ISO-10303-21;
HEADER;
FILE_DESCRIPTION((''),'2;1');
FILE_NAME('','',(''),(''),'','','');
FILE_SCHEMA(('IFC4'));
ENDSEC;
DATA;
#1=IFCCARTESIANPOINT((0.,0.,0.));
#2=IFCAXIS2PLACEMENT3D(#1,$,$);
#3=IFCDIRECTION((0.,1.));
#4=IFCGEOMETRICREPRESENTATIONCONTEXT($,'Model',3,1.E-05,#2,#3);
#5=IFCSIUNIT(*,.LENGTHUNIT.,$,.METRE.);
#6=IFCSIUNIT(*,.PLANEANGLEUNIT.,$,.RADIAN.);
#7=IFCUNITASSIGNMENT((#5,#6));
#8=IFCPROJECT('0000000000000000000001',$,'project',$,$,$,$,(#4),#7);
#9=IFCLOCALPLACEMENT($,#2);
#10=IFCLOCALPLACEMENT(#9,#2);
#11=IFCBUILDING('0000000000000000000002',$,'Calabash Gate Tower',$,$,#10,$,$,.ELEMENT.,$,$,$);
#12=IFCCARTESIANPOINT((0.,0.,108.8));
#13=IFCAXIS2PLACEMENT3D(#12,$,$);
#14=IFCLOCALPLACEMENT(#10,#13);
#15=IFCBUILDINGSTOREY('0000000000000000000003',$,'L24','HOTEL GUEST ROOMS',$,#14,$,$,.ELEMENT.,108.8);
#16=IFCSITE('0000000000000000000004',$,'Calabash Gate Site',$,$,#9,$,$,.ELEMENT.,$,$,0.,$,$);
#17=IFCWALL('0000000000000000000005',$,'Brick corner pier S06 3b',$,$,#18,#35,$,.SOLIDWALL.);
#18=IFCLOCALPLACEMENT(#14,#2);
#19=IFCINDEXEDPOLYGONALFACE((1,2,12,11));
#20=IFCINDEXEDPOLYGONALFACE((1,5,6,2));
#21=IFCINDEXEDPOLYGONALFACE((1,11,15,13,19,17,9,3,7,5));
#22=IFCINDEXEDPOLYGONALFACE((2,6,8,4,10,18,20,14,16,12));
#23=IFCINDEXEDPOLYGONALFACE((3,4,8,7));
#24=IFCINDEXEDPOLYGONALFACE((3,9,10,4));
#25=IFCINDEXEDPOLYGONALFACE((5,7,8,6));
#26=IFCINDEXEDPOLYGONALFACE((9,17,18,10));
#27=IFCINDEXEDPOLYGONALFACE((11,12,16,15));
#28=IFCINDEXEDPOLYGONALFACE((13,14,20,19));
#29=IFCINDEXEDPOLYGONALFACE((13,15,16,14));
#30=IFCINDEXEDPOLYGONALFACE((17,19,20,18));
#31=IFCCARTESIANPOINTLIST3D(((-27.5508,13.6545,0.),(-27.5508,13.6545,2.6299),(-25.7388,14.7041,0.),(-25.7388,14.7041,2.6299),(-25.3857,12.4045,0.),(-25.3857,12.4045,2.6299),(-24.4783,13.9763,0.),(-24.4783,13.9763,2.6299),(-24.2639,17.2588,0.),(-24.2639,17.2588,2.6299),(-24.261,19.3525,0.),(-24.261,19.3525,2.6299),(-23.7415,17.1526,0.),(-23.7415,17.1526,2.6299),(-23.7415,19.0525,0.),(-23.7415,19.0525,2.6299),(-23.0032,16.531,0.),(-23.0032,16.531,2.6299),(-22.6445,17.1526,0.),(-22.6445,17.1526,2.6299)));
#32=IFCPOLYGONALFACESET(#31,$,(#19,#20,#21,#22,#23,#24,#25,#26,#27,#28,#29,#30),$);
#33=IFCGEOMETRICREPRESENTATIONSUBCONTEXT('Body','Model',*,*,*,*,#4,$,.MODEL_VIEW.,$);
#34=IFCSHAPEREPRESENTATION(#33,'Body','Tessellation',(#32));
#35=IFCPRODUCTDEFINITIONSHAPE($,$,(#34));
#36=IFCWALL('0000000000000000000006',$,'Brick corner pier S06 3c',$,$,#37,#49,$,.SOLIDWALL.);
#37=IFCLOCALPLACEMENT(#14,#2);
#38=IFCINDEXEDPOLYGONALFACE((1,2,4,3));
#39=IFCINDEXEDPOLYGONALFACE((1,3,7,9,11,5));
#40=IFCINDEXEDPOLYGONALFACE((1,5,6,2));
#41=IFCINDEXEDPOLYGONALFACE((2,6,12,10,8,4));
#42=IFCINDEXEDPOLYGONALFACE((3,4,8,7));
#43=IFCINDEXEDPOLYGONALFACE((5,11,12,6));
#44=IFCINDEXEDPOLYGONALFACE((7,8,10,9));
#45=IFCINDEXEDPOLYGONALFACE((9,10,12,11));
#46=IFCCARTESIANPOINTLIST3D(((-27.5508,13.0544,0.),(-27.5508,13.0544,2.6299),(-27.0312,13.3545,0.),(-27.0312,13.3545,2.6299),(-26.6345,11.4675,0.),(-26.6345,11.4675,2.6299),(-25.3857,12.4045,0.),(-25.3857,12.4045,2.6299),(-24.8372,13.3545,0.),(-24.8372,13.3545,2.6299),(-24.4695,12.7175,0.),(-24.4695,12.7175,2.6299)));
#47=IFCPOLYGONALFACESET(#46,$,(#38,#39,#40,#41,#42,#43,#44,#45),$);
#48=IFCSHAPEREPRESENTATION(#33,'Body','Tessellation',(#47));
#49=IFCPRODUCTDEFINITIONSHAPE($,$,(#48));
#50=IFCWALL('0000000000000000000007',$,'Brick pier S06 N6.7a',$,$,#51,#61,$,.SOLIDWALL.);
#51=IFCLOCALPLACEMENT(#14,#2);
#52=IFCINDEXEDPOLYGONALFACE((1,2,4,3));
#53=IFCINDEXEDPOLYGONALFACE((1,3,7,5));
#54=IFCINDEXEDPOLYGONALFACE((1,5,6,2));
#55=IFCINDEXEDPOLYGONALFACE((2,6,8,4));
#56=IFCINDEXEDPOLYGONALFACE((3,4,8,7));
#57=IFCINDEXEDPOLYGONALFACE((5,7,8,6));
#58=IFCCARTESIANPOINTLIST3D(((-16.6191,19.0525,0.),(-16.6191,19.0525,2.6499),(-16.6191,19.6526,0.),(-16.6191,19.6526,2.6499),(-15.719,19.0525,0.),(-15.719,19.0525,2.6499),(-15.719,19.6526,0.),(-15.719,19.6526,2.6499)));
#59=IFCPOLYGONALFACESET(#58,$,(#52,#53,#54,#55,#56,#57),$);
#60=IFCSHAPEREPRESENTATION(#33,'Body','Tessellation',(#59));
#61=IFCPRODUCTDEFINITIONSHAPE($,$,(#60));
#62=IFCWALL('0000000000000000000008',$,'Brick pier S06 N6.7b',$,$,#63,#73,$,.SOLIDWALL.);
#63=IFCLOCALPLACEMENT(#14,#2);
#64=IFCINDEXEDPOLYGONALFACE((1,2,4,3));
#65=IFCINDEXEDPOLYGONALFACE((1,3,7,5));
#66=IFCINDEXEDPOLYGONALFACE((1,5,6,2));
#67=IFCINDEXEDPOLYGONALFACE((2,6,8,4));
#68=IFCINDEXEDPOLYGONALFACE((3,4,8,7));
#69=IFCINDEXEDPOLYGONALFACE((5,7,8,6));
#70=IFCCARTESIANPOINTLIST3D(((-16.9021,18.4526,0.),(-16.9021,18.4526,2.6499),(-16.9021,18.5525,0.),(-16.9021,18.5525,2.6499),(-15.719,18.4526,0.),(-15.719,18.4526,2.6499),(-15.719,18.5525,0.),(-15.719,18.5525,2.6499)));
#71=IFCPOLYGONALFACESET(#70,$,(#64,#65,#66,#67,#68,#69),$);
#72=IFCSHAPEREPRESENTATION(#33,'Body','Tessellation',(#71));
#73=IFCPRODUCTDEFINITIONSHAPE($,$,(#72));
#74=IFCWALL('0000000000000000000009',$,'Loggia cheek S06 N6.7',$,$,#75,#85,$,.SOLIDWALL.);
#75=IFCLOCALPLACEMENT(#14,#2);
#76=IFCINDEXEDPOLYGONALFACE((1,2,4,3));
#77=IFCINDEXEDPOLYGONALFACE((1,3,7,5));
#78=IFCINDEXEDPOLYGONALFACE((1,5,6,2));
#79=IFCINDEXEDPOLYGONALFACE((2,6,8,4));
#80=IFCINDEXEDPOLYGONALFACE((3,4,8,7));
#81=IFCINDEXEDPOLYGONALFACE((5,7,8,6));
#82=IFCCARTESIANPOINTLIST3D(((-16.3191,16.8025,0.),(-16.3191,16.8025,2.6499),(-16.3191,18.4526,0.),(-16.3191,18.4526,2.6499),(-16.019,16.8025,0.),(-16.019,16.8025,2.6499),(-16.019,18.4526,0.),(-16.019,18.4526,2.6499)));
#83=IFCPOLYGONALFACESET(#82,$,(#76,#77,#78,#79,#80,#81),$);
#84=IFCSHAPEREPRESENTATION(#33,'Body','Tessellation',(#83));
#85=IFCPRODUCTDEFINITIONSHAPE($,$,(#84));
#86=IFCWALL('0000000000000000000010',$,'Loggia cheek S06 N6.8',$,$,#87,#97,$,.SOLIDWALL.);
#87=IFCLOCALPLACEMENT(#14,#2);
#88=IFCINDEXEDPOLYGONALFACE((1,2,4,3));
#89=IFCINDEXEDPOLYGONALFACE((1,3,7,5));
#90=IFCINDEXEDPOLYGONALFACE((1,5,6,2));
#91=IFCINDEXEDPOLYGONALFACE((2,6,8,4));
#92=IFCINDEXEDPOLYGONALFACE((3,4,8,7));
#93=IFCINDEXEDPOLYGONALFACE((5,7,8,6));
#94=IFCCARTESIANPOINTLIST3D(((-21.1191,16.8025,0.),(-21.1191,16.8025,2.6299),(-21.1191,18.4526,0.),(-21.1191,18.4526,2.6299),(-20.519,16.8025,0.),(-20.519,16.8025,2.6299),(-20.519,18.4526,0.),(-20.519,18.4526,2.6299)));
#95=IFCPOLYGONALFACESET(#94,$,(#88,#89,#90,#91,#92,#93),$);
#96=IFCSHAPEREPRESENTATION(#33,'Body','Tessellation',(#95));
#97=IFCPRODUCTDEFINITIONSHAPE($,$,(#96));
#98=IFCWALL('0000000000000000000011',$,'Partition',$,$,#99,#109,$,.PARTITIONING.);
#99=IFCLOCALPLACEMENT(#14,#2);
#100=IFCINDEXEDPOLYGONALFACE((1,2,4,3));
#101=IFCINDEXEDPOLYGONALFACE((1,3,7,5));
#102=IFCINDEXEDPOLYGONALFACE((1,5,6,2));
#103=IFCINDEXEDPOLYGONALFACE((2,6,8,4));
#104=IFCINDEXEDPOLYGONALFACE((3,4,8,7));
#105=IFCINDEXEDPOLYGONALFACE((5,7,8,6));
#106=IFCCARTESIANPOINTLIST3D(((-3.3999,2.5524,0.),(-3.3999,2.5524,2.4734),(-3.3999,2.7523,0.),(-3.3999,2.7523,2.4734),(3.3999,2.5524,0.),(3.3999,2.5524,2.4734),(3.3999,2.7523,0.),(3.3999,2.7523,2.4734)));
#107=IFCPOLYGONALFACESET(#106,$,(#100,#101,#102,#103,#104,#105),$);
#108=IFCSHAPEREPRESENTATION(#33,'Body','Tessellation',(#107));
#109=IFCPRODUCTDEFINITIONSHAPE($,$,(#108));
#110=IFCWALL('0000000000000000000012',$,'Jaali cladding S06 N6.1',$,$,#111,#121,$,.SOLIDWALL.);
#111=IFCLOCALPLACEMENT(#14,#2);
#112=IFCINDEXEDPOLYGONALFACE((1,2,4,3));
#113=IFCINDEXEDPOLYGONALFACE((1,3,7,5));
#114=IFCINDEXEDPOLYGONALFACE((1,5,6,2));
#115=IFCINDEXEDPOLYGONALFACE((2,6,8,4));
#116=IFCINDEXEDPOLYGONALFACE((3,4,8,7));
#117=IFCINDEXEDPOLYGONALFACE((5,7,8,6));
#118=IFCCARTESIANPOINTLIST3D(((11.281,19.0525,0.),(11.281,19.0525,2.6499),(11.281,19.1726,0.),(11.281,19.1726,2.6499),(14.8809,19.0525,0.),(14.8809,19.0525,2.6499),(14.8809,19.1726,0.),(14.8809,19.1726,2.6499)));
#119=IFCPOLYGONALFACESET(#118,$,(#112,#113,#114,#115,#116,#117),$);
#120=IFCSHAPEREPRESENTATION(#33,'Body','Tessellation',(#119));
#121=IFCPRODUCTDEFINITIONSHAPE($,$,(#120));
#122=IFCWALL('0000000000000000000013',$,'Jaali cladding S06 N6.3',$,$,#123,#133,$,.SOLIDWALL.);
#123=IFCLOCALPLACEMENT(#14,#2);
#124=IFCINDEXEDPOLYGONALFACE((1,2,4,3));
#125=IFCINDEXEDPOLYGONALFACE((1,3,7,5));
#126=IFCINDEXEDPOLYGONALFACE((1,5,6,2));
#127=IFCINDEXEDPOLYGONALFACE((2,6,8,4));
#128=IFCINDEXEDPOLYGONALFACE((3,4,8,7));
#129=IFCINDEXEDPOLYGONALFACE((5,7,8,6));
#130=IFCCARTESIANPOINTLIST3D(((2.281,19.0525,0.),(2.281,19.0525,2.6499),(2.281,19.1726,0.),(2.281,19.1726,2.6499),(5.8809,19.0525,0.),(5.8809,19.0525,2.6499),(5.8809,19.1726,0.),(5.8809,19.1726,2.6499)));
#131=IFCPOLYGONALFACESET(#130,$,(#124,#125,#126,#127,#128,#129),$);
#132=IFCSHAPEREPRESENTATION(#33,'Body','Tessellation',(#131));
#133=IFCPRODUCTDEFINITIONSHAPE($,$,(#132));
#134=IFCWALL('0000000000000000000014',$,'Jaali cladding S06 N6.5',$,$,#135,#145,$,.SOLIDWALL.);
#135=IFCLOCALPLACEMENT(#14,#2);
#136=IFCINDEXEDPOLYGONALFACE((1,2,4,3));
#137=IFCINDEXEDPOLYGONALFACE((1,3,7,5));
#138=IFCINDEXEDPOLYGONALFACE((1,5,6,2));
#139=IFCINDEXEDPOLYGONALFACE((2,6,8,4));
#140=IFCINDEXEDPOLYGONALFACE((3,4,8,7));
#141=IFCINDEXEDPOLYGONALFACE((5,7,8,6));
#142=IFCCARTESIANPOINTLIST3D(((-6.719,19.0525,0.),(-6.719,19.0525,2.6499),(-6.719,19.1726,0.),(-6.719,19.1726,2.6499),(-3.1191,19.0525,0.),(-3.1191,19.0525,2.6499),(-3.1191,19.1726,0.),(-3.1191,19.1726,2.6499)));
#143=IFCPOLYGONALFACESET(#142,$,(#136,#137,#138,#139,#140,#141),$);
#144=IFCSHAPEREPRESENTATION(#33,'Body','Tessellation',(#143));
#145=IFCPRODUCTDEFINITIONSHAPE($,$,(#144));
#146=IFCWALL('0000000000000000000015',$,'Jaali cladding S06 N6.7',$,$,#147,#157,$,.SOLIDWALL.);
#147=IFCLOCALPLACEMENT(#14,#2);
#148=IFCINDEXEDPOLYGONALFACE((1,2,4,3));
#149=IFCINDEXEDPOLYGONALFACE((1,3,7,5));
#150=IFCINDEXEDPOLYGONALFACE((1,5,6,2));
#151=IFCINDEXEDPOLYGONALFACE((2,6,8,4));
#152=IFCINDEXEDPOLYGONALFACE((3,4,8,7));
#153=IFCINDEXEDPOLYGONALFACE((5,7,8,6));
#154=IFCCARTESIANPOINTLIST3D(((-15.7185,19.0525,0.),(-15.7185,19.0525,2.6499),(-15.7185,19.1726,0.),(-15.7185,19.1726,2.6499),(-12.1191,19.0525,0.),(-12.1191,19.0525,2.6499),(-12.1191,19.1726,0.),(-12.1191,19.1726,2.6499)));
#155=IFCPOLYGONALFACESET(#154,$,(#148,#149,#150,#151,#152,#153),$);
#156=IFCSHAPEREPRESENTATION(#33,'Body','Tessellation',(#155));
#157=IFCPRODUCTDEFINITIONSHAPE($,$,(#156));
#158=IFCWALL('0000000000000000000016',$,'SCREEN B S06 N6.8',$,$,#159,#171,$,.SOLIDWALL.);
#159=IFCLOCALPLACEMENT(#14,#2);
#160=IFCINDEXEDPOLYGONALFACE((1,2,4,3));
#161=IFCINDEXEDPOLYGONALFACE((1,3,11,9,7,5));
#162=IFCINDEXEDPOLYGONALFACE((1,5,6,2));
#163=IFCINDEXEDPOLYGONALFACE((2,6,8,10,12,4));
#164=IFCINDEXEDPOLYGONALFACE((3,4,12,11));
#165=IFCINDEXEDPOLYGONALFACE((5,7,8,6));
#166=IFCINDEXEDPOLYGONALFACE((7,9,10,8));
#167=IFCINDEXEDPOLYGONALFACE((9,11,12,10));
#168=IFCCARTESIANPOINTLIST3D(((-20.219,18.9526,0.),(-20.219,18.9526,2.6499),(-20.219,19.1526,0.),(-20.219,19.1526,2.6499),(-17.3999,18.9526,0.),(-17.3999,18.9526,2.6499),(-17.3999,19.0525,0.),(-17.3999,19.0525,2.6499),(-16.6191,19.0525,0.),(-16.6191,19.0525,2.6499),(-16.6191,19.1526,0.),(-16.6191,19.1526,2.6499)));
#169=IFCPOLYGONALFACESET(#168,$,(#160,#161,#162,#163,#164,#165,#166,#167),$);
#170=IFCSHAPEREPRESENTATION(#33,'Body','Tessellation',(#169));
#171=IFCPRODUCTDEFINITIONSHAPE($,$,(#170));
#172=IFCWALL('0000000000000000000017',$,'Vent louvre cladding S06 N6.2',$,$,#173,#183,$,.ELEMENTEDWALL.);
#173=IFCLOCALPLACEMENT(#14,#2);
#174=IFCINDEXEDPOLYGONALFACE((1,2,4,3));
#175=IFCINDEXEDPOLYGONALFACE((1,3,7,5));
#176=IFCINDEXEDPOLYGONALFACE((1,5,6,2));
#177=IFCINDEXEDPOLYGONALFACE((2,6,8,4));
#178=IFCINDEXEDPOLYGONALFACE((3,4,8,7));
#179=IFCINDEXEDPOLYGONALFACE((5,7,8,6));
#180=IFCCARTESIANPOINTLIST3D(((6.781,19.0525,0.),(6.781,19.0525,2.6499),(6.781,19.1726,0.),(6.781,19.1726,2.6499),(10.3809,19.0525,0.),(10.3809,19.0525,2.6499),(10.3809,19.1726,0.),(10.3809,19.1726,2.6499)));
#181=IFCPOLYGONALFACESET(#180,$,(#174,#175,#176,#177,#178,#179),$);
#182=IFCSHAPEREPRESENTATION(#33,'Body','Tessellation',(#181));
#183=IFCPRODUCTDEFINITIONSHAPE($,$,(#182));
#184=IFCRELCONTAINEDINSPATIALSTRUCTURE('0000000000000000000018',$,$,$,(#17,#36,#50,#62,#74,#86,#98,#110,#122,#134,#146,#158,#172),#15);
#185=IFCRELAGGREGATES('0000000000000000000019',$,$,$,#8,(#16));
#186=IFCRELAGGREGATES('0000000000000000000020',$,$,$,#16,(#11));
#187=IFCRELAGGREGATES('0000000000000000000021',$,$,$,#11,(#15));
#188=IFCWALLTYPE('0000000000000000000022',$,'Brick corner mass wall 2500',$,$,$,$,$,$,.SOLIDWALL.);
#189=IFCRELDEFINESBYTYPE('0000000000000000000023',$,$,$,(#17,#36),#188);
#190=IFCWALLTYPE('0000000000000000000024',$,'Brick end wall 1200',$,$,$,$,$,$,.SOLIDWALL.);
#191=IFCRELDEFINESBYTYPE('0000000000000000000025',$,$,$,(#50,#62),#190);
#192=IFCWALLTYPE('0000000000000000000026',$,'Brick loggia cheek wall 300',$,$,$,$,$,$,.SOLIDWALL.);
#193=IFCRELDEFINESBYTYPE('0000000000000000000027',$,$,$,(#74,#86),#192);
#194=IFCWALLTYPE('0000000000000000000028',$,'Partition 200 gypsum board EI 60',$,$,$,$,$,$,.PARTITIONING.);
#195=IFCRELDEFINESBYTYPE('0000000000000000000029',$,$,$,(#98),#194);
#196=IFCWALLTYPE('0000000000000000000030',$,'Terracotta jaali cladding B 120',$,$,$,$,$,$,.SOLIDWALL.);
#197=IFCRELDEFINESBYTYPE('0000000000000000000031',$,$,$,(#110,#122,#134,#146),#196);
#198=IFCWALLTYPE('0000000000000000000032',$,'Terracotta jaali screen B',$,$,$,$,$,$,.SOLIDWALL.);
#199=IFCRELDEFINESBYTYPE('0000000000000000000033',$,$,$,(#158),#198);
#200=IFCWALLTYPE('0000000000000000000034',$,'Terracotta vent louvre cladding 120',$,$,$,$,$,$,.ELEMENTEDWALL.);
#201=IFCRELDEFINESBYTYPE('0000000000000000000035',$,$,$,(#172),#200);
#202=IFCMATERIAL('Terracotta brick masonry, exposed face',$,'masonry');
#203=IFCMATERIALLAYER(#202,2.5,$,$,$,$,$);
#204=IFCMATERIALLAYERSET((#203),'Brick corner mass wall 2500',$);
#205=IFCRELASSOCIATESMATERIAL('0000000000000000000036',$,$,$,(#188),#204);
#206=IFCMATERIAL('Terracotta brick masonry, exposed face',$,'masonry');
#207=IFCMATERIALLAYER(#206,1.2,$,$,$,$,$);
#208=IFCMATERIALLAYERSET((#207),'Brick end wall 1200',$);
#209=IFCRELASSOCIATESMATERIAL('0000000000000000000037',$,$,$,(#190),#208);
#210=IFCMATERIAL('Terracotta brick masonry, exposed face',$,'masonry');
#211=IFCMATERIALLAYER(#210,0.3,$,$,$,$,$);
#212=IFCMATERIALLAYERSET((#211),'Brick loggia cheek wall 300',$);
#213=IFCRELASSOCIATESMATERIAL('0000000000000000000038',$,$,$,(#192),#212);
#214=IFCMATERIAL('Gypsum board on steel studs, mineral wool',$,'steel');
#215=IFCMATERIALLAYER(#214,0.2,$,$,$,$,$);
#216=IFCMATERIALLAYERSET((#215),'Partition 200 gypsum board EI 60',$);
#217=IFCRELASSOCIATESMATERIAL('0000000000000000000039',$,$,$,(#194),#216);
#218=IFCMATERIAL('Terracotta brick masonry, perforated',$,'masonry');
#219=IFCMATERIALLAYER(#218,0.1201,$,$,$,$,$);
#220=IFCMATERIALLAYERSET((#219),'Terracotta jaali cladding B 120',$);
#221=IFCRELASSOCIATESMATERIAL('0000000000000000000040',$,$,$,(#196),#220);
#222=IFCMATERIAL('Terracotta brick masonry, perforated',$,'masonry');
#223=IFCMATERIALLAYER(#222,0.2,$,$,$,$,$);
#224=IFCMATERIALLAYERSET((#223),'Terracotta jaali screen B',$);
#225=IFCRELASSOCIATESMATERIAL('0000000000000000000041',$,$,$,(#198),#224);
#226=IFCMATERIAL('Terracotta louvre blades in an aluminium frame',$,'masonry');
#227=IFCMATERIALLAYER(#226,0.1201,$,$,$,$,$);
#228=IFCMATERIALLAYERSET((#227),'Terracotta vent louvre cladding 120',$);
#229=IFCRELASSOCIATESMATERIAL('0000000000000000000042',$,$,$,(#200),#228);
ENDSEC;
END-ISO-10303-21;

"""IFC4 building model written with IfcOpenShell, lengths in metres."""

from ifc_helpers import new_model, si_unit, direction, frame, frame_2d, origin, place, context, subcontext, project, spatial, polyline, rectangle, outline, extrude, material, layer, layer_set, type_object, element, save


model = new_model("IFC4")

# Units and contexts
model_context = context("Model", 3, precision=1e-05, world=origin(), true_north=direction((0.0, 1.0)))
body_context = subcontext(model_context, "Body", "Model", "MODEL_VIEW")
ifc_project = project(units=[si_unit("LENGTHUNIT", "METRE"), si_unit("PLANEANGLEUNIT", "RADIAN")], contexts=[model_context])

# Site, building, storey
site_placement = place(None, origin())
site = spatial("IfcSite", under=ifc_project, at=site_placement, Name="Calabash Gate Site", CompositionType="ELEMENT", RefElevation=0.0)
building_placement = place(site_placement, origin())
building = spatial("IfcBuilding", under=site, at=building_placement, Name="Calabash Gate Tower", CompositionType="ELEMENT")
storey_placement = place(building_placement, frame((0.0, 0.0, 108.8)))
storey = spatial("IfcBuildingStorey", under=building, at=storey_placement, Name="L24", Description="HOTEL GUEST ROOMS", CompositionType="ELEMENT", Elevation=108.8)

# Walls
ifc_material_1 = material(Name="Terracotta brick masonry, exposed face", Category="masonry")
ifc_layer_1 = layer(ifc_material_1, 2.5)
ifc_layer_set_1 = layer_set([ifc_layer_1], Name="Brick corner mass wall 2500")
wall_type_1 = type_object("IfcWallType", Name="Brick corner mass wall 2500", PredefinedType="SOLIDWALL", material=ifc_layer_set_1)
wall_1_placement = place(storey_placement, origin())
element("IfcWall", 1, at=wall_1_placement, inside=storey, type_object=wall_type_1, Name="Brick corner pier S06 3b", PredefinedType="SOLIDWALL", context=body_context, shape_type="SweptSolid", body=[
    extrude(outline(polyline([(-23.0032, 16.531), (-22.6445, 17.1526), (-23.7415, 17.1526), (-23.7415, 19.0525), (-24.261, 19.3525), (-27.5508, 13.6545), (-25.3857, 12.4045), (-24.4783, 13.9763), (-25.7388, 14.7041), (-24.2639, 17.2588), (-23.0032, 16.531)])), origin(), (0.0, 0.0, 1.0), 2.6299),
])
wall_2_placement = place(storey_placement, origin())
element("IfcWall", 2, at=wall_2_placement, inside=storey, type_object=wall_type_1, Name="Brick corner pier S06 3c", PredefinedType="SOLIDWALL", context=body_context, shape_type="SweptSolid", body=[
    extrude(outline(polyline([(-24.8372, 13.3545), (-25.3857, 12.4045), (-27.0312, 13.3545), (-27.5508, 13.0544), (-26.6345, 11.4675), (-24.4695, 12.7175), (-24.8372, 13.3545)])), origin(), (0.0, 0.0, 1.0), 2.6299),
])
ifc_material_2 = material(Name="Terracotta brick masonry, exposed face", Category="masonry")
ifc_layer_2 = layer(ifc_material_2, 1.2)
ifc_layer_set_2 = layer_set([ifc_layer_2], Name="Brick end wall 1200")
wall_type_2 = type_object("IfcWallType", Name="Brick end wall 1200", PredefinedType="SOLIDWALL", material=ifc_layer_set_2)
wall_3_placement = place(storey_placement, origin())
element("IfcWall", 3, at=wall_3_placement, inside=storey, type_object=wall_type_2, Name="Brick pier S06 N6.7a", PredefinedType="SOLIDWALL", context=body_context, shape_type="SweptSolid", body=[
    extrude(outline(polyline([(-15.719, 19.0525), (-15.719, 19.6526), (-16.6191, 19.6526), (-16.6191, 19.0525), (-15.719, 19.0525)])), origin(), (0.0, 0.0, 1.0), 2.6499),
])
wall_4_placement = place(storey_placement, origin())
element("IfcWall", 4, at=wall_4_placement, inside=storey, type_object=wall_type_2, Name="Brick pier S06 N6.7b", PredefinedType="SOLIDWALL", context=body_context, shape_type="SweptSolid", body=[
    extrude(outline(polyline([(-16.9021, 18.4526), (-16.9021, 18.5525), (-15.719, 18.5525), (-15.719, 18.4526), (-16.9021, 18.4526)])), origin(), (0.0, 0.0, 1.0), 2.6499),
])
ifc_material_3 = material(Name="Terracotta brick masonry, exposed face", Category="masonry")
ifc_layer_3 = layer(ifc_material_3, 0.3)
ifc_layer_set_3 = layer_set([ifc_layer_3], Name="Brick loggia cheek wall 300")
wall_type_3 = type_object("IfcWallType", Name="Brick loggia cheek wall 300", PredefinedType="SOLIDWALL", material=ifc_layer_set_3)
wall_5_placement = place(storey_placement, origin())
element("IfcWall", 5, at=wall_5_placement, inside=storey, type_object=wall_type_3, Name="Loggia cheek S06 N6.7", PredefinedType="SOLIDWALL", context=body_context, shape_type="SweptSolid", body=[
    extrude(outline(polyline([(-16.019, 16.8025), (-16.019, 18.4526), (-16.3191, 18.4526), (-16.3191, 16.8025), (-16.019, 16.8025)])), origin(), (0.0, 0.0, 1.0), 2.6499),
])
wall_6_placement = place(storey_placement, origin())
element("IfcWall", 6, at=wall_6_placement, inside=storey, type_object=wall_type_3, Name="Loggia cheek S06 N6.8", PredefinedType="SOLIDWALL", context=body_context, shape_type="SweptSolid", body=[
    extrude(outline(polyline([(-21.1191, 18.4526), (-21.1191, 16.8025), (-20.519, 16.8025), (-20.519, 18.4526), (-21.1191, 18.4526)])), origin(), (0.0, 0.0, 1.0), 2.6299),
])
ifc_material_4 = material(Name="Gypsum board on steel studs, mineral wool", Category="steel")
ifc_layer_4 = layer(ifc_material_4, 0.2)
ifc_layer_set_4 = layer_set([ifc_layer_4], Name="Partition 200 gypsum board EI 60")
wall_type_4 = type_object("IfcWallType", Name="Partition 200 gypsum board EI 60", PredefinedType="PARTITIONING", material=ifc_layer_set_4)
wall_7_placement = place(storey_placement, frame((-3.3999, 2.6523, 0.0), z_axis=(0.0, 0.0, 1.0), x_axis=(1.0, 0.0, 0.0)))
element("IfcWall", 7, at=wall_7_placement, inside=storey, type_object=wall_type_4, Name="Partition", PredefinedType="PARTITIONING", context=body_context, shape_type="SweptSolid", body=[
    extrude(rectangle(XDim=6.7998, YDim=0.2, at=frame_2d((3.3999, 0.0))), origin(), (0.0, 0.0, 1.0), 2.4734),
])
ifc_material_5 = material(Name="Terracotta brick masonry, perforated", Category="masonry")
ifc_layer_5 = layer(ifc_material_5, 0.1201)
ifc_layer_set_5 = layer_set([ifc_layer_5], Name="Terracotta jaali cladding B 120")
wall_type_5 = type_object("IfcWallType", Name="Terracotta jaali cladding B 120", PredefinedType="SOLIDWALL", material=ifc_layer_set_5)
wall_8_placement = place(storey_placement, origin())
element("IfcWall", 8, at=wall_8_placement, inside=storey, type_object=wall_type_5, Name="Jaali cladding S06 N6.1", PredefinedType="SOLIDWALL", context=body_context, shape_type="SweptSolid", body=[
    extrude(outline(polyline([(11.281, 19.1726), (11.281, 19.0525), (14.8809, 19.0525), (14.8809, 19.1726), (11.281, 19.1726)])), origin(), (0.0, 0.0, 1.0), 2.6499),
])
wall_9_placement = place(storey_placement, origin())
element("IfcWall", 9, at=wall_9_placement, inside=storey, type_object=wall_type_5, Name="Jaali cladding S06 N6.3", PredefinedType="SOLIDWALL", context=body_context, shape_type="SweptSolid", body=[
    extrude(outline(polyline([(2.281, 19.1726), (2.281, 19.0525), (5.8809, 19.0525), (5.8809, 19.1726), (2.281, 19.1726)])), origin(), (0.0, 0.0, 1.0), 2.6499),
])
wall_10_placement = place(storey_placement, origin())
element("IfcWall", 10, at=wall_10_placement, inside=storey, type_object=wall_type_5, Name="Jaali cladding S06 N6.5", PredefinedType="SOLIDWALL", context=body_context, shape_type="SweptSolid", body=[
    extrude(outline(polyline([(-6.719, 19.1726), (-6.719, 19.0525), (-3.1191, 19.0525), (-3.1191, 19.1726), (-6.719, 19.1726)])), origin(), (0.0, 0.0, 1.0), 2.6499),
])
wall_11_placement = place(storey_placement, origin())
element("IfcWall", 11, at=wall_11_placement, inside=storey, type_object=wall_type_5, Name="Jaali cladding S06 N6.7", PredefinedType="SOLIDWALL", context=body_context, shape_type="SweptSolid", body=[
    extrude(outline(polyline([(-15.7185, 19.1726), (-15.7185, 19.0525), (-12.1191, 19.0525), (-12.1191, 19.1726), (-15.7185, 19.1726)])), origin(), (0.0, 0.0, 1.0), 2.6499),
])
ifc_material_6 = material(Name="Terracotta brick masonry, perforated", Category="masonry")
ifc_layer_6 = layer(ifc_material_6, 0.2)
ifc_layer_set_6 = layer_set([ifc_layer_6], Name="Terracotta jaali screen B")
wall_type_6 = type_object("IfcWallType", Name="Terracotta jaali screen B", PredefinedType="SOLIDWALL", material=ifc_layer_set_6)
wall_12_placement = place(storey_placement, origin())
element("IfcWall", 12, at=wall_12_placement, inside=storey, type_object=wall_type_6, Name="SCREEN B S06 N6.8", PredefinedType="SOLIDWALL", context=body_context, shape_type="SweptSolid", body=[
    extrude(outline(polyline([(-16.6191, 19.0525), (-16.6191, 19.1526), (-20.219, 19.1526), (-20.219, 18.9526), (-17.3999, 18.9526), (-17.3999, 19.0525), (-16.6191, 19.0525)])), origin(), (0.0, 0.0, 1.0), 2.6499),
])
ifc_material_7 = material(Name="Terracotta louvre blades in an aluminium frame", Category="masonry")
ifc_layer_7 = layer(ifc_material_7, 0.1201)
ifc_layer_set_7 = layer_set([ifc_layer_7], Name="Terracotta vent louvre cladding 120")
wall_type_7 = type_object("IfcWallType", Name="Terracotta vent louvre cladding 120", PredefinedType="ELEMENTEDWALL", material=ifc_layer_set_7)
wall_13_placement = place(storey_placement, origin())
element("IfcWall", 13, at=wall_13_placement, inside=storey, type_object=wall_type_7, Name="Vent louvre cladding S06 N6.2", PredefinedType="ELEMENTEDWALL", context=body_context, shape_type="SweptSolid", body=[
    extrude(outline(polyline([(6.781, 19.1726), (6.781, 19.0525), (10.3809, 19.0525), (10.3809, 19.1726), (6.781, 19.1726)])), origin(), (0.0, 0.0, 1.0), 2.6499),
])

save(model, "model.ifc")
